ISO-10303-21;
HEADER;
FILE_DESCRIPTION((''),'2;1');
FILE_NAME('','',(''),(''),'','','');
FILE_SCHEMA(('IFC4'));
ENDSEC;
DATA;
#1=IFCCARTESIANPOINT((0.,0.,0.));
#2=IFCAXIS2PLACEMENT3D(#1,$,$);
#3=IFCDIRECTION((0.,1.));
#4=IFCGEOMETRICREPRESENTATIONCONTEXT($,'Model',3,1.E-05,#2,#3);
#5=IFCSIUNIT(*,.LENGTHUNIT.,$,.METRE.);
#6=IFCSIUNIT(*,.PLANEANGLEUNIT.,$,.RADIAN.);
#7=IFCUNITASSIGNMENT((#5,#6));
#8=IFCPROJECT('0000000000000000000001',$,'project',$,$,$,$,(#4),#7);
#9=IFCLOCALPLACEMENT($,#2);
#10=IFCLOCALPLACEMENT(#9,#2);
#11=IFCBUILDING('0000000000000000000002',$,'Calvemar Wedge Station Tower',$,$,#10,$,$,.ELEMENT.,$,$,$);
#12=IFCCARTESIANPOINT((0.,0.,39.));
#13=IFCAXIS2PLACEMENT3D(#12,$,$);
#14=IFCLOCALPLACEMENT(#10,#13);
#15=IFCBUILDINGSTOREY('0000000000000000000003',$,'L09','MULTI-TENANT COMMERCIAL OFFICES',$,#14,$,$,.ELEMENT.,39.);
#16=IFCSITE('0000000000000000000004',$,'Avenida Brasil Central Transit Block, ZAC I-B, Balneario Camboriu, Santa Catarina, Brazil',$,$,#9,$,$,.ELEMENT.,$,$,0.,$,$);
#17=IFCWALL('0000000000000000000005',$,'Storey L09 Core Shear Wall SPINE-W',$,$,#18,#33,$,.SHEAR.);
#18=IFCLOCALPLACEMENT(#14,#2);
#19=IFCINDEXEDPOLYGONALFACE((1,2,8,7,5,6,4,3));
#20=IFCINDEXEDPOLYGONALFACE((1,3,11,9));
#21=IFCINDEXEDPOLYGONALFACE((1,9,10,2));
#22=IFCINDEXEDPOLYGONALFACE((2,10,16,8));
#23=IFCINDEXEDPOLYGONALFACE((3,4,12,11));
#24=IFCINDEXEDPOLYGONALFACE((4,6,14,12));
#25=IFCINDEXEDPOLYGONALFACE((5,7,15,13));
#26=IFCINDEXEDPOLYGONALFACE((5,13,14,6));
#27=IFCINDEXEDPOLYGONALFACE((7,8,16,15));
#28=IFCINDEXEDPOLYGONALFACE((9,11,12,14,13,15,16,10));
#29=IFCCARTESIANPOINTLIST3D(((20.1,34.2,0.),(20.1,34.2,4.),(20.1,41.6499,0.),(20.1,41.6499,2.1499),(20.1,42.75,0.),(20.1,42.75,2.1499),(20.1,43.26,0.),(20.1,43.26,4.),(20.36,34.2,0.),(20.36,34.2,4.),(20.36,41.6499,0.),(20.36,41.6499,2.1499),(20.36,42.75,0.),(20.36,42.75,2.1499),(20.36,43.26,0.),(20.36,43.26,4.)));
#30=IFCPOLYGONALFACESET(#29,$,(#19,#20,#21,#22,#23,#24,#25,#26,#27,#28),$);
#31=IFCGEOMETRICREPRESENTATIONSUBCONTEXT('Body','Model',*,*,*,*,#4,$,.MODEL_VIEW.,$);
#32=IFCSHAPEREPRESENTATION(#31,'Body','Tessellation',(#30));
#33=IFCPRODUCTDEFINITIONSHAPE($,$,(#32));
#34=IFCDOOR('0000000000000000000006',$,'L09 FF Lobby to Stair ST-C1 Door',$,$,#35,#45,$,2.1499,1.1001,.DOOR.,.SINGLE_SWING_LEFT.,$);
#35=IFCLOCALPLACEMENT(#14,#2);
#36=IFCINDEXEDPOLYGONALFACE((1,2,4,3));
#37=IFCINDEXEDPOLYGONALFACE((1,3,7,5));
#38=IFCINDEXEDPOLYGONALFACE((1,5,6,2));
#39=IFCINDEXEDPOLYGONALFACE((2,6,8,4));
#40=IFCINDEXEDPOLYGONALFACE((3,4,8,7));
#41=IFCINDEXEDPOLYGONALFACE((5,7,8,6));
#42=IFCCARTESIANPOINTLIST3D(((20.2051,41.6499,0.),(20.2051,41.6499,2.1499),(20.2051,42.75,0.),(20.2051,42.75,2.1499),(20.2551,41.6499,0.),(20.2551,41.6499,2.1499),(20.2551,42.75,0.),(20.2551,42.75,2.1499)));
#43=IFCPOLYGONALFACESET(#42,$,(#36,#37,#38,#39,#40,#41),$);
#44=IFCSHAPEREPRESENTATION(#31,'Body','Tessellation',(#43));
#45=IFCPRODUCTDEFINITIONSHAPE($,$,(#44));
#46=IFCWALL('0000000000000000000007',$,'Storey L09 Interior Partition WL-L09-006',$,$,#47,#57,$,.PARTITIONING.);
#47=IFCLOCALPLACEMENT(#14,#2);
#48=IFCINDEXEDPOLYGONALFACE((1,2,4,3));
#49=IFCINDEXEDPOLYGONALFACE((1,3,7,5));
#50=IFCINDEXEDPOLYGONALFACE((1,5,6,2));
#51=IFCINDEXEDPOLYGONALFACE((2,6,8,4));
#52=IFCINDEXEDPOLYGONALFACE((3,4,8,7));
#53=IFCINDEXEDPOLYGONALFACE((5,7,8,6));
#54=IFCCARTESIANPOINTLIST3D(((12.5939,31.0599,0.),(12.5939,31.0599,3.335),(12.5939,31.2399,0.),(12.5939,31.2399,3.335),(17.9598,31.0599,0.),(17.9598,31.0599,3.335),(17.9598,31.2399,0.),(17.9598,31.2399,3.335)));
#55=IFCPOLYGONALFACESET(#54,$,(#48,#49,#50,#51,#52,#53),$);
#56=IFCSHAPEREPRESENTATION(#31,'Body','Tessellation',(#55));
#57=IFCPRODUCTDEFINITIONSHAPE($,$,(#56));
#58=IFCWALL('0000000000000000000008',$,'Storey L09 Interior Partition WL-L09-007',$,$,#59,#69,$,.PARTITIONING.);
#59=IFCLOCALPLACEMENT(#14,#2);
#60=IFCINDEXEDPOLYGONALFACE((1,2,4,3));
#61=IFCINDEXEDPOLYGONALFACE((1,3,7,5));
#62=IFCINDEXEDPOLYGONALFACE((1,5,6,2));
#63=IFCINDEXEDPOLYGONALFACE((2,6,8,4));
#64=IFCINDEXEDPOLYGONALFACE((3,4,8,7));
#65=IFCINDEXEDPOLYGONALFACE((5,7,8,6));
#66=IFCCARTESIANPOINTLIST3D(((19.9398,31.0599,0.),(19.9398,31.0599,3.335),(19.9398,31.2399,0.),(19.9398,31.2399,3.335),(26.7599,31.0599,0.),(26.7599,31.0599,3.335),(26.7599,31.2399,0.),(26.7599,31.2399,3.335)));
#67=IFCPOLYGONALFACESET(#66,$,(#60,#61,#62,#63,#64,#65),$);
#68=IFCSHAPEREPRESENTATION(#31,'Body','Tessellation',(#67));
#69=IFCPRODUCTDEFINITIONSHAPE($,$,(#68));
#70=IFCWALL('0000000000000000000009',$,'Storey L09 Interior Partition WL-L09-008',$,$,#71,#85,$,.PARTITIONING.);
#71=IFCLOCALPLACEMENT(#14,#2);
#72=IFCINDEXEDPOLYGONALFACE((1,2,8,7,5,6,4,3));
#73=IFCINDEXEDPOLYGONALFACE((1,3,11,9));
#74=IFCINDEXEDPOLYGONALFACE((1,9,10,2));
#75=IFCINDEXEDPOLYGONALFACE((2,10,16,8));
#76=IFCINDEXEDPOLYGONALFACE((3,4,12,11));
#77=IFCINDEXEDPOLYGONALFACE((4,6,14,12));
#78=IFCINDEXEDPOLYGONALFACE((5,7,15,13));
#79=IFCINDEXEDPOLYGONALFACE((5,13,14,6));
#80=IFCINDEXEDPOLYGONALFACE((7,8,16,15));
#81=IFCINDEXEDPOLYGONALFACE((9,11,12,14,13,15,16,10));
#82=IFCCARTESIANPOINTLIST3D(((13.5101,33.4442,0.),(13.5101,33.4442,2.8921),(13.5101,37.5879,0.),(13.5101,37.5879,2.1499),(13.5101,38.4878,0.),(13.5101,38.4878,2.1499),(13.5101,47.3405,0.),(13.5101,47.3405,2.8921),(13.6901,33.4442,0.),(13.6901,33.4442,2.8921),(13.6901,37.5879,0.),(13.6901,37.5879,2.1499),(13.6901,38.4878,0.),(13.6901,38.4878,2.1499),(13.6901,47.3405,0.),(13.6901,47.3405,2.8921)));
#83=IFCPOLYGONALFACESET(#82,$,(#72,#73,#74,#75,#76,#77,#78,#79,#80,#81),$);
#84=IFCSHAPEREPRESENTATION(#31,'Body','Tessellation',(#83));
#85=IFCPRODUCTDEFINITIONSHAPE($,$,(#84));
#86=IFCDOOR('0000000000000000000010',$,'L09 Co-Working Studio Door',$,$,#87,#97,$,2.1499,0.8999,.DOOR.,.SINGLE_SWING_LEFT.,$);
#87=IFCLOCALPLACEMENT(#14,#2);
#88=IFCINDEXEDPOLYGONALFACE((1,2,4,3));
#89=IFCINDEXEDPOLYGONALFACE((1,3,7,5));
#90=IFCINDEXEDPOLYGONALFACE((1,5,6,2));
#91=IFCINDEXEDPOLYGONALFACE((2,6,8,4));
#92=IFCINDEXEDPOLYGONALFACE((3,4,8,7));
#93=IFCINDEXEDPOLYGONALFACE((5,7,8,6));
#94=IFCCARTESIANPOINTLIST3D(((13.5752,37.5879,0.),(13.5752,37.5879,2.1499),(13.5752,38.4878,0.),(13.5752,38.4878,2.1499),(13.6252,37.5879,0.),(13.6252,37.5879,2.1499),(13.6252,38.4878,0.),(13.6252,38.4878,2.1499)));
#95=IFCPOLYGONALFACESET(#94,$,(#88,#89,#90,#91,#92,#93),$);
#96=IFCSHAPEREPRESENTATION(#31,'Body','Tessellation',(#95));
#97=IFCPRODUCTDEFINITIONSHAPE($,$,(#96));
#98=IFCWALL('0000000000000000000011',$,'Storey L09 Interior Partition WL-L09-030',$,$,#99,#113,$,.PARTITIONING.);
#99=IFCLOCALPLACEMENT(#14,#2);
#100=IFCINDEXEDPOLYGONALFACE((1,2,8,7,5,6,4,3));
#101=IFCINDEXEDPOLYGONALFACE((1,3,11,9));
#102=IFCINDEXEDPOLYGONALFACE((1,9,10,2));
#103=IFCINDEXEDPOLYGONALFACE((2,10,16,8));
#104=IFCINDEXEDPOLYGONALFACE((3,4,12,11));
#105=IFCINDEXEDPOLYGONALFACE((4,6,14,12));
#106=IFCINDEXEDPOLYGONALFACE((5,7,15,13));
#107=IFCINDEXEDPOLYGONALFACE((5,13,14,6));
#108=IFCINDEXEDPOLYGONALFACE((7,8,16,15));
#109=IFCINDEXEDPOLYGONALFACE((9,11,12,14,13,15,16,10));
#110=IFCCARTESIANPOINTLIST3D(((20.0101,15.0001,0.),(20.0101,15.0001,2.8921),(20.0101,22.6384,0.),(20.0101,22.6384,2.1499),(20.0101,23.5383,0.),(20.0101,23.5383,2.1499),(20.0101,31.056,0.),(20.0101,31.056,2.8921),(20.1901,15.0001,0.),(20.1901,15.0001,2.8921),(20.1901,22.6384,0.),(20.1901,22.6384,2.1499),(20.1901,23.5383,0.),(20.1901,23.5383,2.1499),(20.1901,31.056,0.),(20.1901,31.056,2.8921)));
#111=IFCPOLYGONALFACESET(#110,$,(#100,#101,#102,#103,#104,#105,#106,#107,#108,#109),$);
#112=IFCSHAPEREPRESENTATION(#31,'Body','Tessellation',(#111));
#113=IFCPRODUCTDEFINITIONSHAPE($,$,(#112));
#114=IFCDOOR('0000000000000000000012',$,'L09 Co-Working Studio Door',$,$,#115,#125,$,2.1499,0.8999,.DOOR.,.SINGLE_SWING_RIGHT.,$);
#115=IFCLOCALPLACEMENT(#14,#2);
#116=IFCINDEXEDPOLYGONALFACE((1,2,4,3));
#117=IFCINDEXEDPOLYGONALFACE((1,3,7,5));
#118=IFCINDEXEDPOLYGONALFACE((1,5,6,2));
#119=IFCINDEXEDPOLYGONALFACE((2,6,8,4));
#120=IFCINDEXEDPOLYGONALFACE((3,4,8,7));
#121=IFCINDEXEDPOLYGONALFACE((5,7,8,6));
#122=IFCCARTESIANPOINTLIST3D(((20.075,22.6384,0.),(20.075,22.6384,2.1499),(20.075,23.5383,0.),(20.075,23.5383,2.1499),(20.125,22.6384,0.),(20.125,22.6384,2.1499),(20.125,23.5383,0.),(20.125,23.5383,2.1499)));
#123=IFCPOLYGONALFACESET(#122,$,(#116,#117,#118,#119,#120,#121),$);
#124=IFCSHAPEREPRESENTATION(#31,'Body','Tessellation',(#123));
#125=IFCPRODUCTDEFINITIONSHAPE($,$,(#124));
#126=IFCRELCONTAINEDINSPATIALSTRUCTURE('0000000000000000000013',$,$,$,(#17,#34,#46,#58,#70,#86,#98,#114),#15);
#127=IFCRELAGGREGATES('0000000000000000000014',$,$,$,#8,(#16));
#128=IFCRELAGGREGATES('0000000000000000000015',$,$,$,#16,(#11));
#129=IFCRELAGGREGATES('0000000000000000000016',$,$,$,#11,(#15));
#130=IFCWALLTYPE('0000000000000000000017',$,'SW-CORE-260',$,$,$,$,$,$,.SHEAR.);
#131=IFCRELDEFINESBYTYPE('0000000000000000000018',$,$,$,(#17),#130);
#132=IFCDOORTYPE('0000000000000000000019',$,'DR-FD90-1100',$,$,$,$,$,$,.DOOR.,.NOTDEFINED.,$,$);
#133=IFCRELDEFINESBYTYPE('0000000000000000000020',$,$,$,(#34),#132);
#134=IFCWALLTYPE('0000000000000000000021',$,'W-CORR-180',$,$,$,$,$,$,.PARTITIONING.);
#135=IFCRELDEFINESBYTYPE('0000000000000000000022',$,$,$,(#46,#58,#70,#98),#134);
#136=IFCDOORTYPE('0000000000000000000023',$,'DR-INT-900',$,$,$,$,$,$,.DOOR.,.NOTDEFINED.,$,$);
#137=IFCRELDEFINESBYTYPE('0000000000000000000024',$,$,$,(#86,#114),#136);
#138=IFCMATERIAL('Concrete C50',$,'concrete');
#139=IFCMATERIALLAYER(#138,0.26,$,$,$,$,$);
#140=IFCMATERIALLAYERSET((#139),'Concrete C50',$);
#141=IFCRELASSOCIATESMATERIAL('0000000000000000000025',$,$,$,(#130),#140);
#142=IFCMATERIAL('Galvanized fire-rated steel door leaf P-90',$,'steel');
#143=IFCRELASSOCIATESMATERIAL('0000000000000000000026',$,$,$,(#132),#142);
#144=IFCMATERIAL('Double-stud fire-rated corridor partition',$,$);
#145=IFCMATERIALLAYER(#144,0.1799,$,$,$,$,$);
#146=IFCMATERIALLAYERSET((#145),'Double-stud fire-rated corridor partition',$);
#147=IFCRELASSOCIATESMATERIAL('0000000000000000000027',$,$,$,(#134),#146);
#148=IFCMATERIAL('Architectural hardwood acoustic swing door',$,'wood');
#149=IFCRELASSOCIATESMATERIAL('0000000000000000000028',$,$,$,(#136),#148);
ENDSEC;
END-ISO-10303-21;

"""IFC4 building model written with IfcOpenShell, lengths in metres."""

from ifc_helpers import new_model, si_unit, direction, frame, frame_2d, origin, place, context, subcontext, project, spatial, rectangle, extrude, source, transform, mapped, material, layer, layer_set, type_object, element, fill, save


model = new_model("IFC4")

# Units and contexts
model_context = context("Model", 3, precision=1e-05, world=origin(), true_north=direction((0.0, 1.0)))
body_context = subcontext(model_context, "Body", "Model", "MODEL_VIEW")
ifc_project = project(units=[si_unit("LENGTHUNIT", "METRE"), si_unit("PLANEANGLEUNIT", "RADIAN")], contexts=[model_context])

# Site, building, storey
site_placement = place(None, origin())
site = spatial("IfcSite", under=ifc_project, at=site_placement, Name="Avenida Brasil Central Transit Block, ZAC I-B, Balneario Camboriu, Santa Catarina, Brazil", CompositionType="ELEMENT", RefElevation=0.0)
building_placement = place(site_placement, origin())
building = spatial("IfcBuilding", under=site, at=building_placement, Name="Calvemar Wedge Station Tower", CompositionType="ELEMENT")
storey_placement = place(building_placement, frame((0.0, 0.0, 39.0)))
storey = spatial("IfcBuildingStorey", under=building, at=storey_placement, Name="L09", Description="MULTI-TENANT COMMERCIAL OFFICES", CompositionType="ELEMENT", Elevation=39.0)

# Wall, opening, door
ifc_material_1 = material(Name="Concrete C50", Category="concrete")
ifc_layer_1 = layer(ifc_material_1, 0.26)
ifc_layer_set_1 = layer_set([ifc_layer_1], Name="Concrete C50")
wall_type_1 = type_object("IfcWallType", Name="SW-CORE-260", PredefinedType="SHEAR", material=ifc_layer_set_1)
wall_1_placement = place(storey_placement, frame((20.23, 34.2, 0.0), z_axis=(0.0, 0.0, 1.0), x_axis=(0.0, 1.0, 0.0)))
wall_1 = element("IfcWall", 1, at=wall_1_placement, inside=storey, type_object=wall_type_1, Name="Storey L09 Core Shear Wall SPINE-W", PredefinedType="SHEAR", context=body_context, shape_type="SweptSolid", body=[
    extrude(rectangle(XDim=9.0601, YDim=0.26, at=frame_2d((4.53, 0.0))), origin(), (0.0, 0.0, 1.0), 4.0),
])
shared_shape_1 = source(origin(), body_context, "Body", "SweptSolid", [
    extrude(rectangle(XDim=1.1001, YDim=2.1499, at=frame_2d((0.55, 1.075))), frame((0.0, 0.1401, 0.0), z_axis=(0.0, -1.0, 0.0), x_axis=(1.0, 0.0, 0.0)), (0.0, 0.0, 1.0), 0.28),
])
opening_1_placement = place(wall_1_placement, frame((7.45, 0.0, 0.0)))
opening_1 = element("IfcOpeningElement", 2, at=opening_1_placement, cuts=wall_1, PredefinedType="OPENING", context=body_context, shape_type="MappedRepresentation", body=[
    mapped(shared_shape_1, transform((0.0, 0.0, 0.0), scale=1.0)),
])
ifc_material_2 = material(Name="Galvanized fire-rated steel door leaf P-90", Category="steel")
door_type_1 = type_object("IfcDoorType", Name="DR-FD90-1100", OperationType="NOTDEFINED", PredefinedType="DOOR", material=ifc_material_2)
shared_shape_2 = source(origin(), body_context, "Body", "SweptSolid", [
    extrude(rectangle(XDim=1.1001, YDim=2.1499, at=frame_2d((0.55, 1.075))), frame((0.0, 0.0249, 0.0), z_axis=(0.0, -1.0, 0.0), x_axis=(1.0, 0.0, 0.0)), (0.0, 0.0, 1.0), 0.05),
])
door_1_placement = place(opening_1_placement, origin())
door_1 = element("IfcDoor", 3, at=door_1_placement, inside=storey, type_object=door_type_1, Name="L09 FF Lobby to Stair ST-C1 Door", OperationType="SINGLE_SWING_LEFT", OverallHeight=2.1499, OverallWidth=1.1001, PredefinedType="DOOR", context=body_context, shape_type="MappedRepresentation", body=[
    mapped(shared_shape_2, transform((0.0, 0.0, 0.0), scale=1.0)),
])
fill(opening_1, door_1)

# Walls
ifc_material_3 = material(Name="Double-stud fire-rated corridor partition")
ifc_layer_2 = layer(ifc_material_3, 0.1799)
ifc_layer_set_2 = layer_set([ifc_layer_2], Name="Double-stud fire-rated corridor partition")
wall_type_2 = type_object("IfcWallType", Name="W-CORR-180", PredefinedType="PARTITIONING", material=ifc_layer_set_2)
wall_2_placement = place(storey_placement, frame((17.96, 31.1499, 0.0), z_axis=(0.0, 0.0, 1.0), x_axis=(-1.0, 0.0, 0.0)))
element("IfcWall", 4, at=wall_2_placement, inside=storey, type_object=wall_type_2, Name="Storey L09 Interior Partition WL-L09-006", PredefinedType="PARTITIONING", context=body_context, shape_type="SweptSolid", body=[
    extrude(rectangle(XDim=5.366, YDim=0.1799, at=frame_2d((2.6831, 0.0))), origin(), (0.0, 0.0, 1.0), 3.335),
])
wall_3_placement = place(storey_placement, frame((26.76, 31.1499, 0.0), z_axis=(0.0, 0.0, 1.0), x_axis=(-1.0, 0.0, 0.0)))
element("IfcWall", 5, at=wall_3_placement, inside=storey, type_object=wall_type_2, Name="Storey L09 Interior Partition WL-L09-007", PredefinedType="PARTITIONING", context=body_context, shape_type="SweptSolid", body=[
    extrude(rectangle(XDim=6.8201, YDim=0.1799, at=frame_2d((3.4102, 0.0))), origin(), (0.0, 0.0, 1.0), 3.335),
])

# Walls, openings, doors
wall_4_placement = place(storey_placement, frame((13.6001, 33.4441, 0.0), z_axis=(0.0, 0.0, 1.0), x_axis=(0.0, 1.0, 0.0)))
wall_4 = element("IfcWall", 6, at=wall_4_placement, inside=storey, type_object=wall_type_2, Name="Storey L09 Interior Partition WL-L09-008", PredefinedType="PARTITIONING", context=body_context, shape_type="SweptSolid", body=[
    extrude(rectangle(XDim=13.8962, YDim=0.1799, at=frame_2d((6.9482, 0.0))), origin(), (0.0, 0.0, 1.0), 2.8921),
])
shared_shape_3 = source(origin(), body_context, "Body", "SweptSolid", [
    extrude(rectangle(XDim=0.8999, YDim=2.1499, at=frame_2d((0.45, 1.075))), frame((0.0, 0.1001, 0.0), z_axis=(0.0, -1.0, 0.0), x_axis=(1.0, 0.0, 0.0)), (0.0, 0.0, 1.0), 0.2),
])
opening_2_placement = place(wall_4_placement, frame((4.1438, 0.0, 0.0)))
opening_2 = element("IfcOpeningElement", 7, at=opening_2_placement, cuts=wall_4, PredefinedType="OPENING", context=body_context, shape_type="MappedRepresentation", body=[
    mapped(shared_shape_3, transform((0.0, 0.0, 0.0), scale=1.0)),
])
ifc_material_4 = material(Name="Architectural hardwood acoustic swing door", Category="wood")
door_type_2 = type_object("IfcDoorType", Name="DR-INT-900", OperationType="NOTDEFINED", PredefinedType="DOOR", material=ifc_material_4)
shared_shape_4 = source(origin(), body_context, "Body", "SweptSolid", [
    extrude(rectangle(XDim=0.8999, YDim=2.1499, at=frame_2d((0.45, 1.075))), frame((0.0, 0.0249, 0.0), z_axis=(0.0, -1.0, 0.0), x_axis=(1.0, 0.0, 0.0)), (0.0, 0.0, 1.0), 0.05),
])
door_2_placement = place(opening_2_placement, origin())
door_2 = element("IfcDoor", 8, at=door_2_placement, inside=storey, type_object=door_type_2, Name="L09 Co-Working Studio Door", OperationType="SINGLE_SWING_LEFT", OverallHeight=2.1499, OverallWidth=0.8999, PredefinedType="DOOR", context=body_context, shape_type="MappedRepresentation", body=[
    mapped(shared_shape_4, transform((0.0, 0.0, 0.0), scale=1.0)),
])
fill(opening_2, door_2)
wall_5_placement = place(storey_placement, frame((20.1001, 31.0559, 0.0), z_axis=(0.0, 0.0, 1.0), x_axis=(0.0, -1.0, 0.0)))
wall_5 = element("IfcWall", 9, at=wall_5_placement, inside=storey, type_object=wall_type_2, Name="Storey L09 Interior Partition WL-L09-030", PredefinedType="PARTITIONING", context=body_context, shape_type="SweptSolid", body=[
    extrude(rectangle(XDim=16.0559, YDim=0.1799, at=frame_2d((8.0278, 0.0))), origin(), (0.0, 0.0, 1.0), 2.8921),
])
opening_3_placement = place(wall_5_placement, frame((7.5176, 0.0, 0.0)))
opening_3 = element("IfcOpeningElement", 10, at=opening_3_placement, cuts=wall_5, PredefinedType="OPENING", context=body_context, shape_type="MappedRepresentation", body=[
    mapped(shared_shape_3, transform((0.0, 0.0, 0.0), scale=1.0)),
])
door_3_placement = place(opening_3_placement, origin())
door_3 = element("IfcDoor", 11, at=door_3_placement, inside=storey, type_object=door_type_2, Name="L09 Co-Working Studio Door", OperationType="SINGLE_SWING_RIGHT", OverallHeight=2.1499, OverallWidth=0.8999, PredefinedType="DOOR", context=body_context, shape_type="MappedRepresentation", body=[
    mapped(shared_shape_4, transform((0.0, 0.0, 0.0), scale=1.0)),
])
fill(opening_3, door_3)

save(model, "model.ifc")
